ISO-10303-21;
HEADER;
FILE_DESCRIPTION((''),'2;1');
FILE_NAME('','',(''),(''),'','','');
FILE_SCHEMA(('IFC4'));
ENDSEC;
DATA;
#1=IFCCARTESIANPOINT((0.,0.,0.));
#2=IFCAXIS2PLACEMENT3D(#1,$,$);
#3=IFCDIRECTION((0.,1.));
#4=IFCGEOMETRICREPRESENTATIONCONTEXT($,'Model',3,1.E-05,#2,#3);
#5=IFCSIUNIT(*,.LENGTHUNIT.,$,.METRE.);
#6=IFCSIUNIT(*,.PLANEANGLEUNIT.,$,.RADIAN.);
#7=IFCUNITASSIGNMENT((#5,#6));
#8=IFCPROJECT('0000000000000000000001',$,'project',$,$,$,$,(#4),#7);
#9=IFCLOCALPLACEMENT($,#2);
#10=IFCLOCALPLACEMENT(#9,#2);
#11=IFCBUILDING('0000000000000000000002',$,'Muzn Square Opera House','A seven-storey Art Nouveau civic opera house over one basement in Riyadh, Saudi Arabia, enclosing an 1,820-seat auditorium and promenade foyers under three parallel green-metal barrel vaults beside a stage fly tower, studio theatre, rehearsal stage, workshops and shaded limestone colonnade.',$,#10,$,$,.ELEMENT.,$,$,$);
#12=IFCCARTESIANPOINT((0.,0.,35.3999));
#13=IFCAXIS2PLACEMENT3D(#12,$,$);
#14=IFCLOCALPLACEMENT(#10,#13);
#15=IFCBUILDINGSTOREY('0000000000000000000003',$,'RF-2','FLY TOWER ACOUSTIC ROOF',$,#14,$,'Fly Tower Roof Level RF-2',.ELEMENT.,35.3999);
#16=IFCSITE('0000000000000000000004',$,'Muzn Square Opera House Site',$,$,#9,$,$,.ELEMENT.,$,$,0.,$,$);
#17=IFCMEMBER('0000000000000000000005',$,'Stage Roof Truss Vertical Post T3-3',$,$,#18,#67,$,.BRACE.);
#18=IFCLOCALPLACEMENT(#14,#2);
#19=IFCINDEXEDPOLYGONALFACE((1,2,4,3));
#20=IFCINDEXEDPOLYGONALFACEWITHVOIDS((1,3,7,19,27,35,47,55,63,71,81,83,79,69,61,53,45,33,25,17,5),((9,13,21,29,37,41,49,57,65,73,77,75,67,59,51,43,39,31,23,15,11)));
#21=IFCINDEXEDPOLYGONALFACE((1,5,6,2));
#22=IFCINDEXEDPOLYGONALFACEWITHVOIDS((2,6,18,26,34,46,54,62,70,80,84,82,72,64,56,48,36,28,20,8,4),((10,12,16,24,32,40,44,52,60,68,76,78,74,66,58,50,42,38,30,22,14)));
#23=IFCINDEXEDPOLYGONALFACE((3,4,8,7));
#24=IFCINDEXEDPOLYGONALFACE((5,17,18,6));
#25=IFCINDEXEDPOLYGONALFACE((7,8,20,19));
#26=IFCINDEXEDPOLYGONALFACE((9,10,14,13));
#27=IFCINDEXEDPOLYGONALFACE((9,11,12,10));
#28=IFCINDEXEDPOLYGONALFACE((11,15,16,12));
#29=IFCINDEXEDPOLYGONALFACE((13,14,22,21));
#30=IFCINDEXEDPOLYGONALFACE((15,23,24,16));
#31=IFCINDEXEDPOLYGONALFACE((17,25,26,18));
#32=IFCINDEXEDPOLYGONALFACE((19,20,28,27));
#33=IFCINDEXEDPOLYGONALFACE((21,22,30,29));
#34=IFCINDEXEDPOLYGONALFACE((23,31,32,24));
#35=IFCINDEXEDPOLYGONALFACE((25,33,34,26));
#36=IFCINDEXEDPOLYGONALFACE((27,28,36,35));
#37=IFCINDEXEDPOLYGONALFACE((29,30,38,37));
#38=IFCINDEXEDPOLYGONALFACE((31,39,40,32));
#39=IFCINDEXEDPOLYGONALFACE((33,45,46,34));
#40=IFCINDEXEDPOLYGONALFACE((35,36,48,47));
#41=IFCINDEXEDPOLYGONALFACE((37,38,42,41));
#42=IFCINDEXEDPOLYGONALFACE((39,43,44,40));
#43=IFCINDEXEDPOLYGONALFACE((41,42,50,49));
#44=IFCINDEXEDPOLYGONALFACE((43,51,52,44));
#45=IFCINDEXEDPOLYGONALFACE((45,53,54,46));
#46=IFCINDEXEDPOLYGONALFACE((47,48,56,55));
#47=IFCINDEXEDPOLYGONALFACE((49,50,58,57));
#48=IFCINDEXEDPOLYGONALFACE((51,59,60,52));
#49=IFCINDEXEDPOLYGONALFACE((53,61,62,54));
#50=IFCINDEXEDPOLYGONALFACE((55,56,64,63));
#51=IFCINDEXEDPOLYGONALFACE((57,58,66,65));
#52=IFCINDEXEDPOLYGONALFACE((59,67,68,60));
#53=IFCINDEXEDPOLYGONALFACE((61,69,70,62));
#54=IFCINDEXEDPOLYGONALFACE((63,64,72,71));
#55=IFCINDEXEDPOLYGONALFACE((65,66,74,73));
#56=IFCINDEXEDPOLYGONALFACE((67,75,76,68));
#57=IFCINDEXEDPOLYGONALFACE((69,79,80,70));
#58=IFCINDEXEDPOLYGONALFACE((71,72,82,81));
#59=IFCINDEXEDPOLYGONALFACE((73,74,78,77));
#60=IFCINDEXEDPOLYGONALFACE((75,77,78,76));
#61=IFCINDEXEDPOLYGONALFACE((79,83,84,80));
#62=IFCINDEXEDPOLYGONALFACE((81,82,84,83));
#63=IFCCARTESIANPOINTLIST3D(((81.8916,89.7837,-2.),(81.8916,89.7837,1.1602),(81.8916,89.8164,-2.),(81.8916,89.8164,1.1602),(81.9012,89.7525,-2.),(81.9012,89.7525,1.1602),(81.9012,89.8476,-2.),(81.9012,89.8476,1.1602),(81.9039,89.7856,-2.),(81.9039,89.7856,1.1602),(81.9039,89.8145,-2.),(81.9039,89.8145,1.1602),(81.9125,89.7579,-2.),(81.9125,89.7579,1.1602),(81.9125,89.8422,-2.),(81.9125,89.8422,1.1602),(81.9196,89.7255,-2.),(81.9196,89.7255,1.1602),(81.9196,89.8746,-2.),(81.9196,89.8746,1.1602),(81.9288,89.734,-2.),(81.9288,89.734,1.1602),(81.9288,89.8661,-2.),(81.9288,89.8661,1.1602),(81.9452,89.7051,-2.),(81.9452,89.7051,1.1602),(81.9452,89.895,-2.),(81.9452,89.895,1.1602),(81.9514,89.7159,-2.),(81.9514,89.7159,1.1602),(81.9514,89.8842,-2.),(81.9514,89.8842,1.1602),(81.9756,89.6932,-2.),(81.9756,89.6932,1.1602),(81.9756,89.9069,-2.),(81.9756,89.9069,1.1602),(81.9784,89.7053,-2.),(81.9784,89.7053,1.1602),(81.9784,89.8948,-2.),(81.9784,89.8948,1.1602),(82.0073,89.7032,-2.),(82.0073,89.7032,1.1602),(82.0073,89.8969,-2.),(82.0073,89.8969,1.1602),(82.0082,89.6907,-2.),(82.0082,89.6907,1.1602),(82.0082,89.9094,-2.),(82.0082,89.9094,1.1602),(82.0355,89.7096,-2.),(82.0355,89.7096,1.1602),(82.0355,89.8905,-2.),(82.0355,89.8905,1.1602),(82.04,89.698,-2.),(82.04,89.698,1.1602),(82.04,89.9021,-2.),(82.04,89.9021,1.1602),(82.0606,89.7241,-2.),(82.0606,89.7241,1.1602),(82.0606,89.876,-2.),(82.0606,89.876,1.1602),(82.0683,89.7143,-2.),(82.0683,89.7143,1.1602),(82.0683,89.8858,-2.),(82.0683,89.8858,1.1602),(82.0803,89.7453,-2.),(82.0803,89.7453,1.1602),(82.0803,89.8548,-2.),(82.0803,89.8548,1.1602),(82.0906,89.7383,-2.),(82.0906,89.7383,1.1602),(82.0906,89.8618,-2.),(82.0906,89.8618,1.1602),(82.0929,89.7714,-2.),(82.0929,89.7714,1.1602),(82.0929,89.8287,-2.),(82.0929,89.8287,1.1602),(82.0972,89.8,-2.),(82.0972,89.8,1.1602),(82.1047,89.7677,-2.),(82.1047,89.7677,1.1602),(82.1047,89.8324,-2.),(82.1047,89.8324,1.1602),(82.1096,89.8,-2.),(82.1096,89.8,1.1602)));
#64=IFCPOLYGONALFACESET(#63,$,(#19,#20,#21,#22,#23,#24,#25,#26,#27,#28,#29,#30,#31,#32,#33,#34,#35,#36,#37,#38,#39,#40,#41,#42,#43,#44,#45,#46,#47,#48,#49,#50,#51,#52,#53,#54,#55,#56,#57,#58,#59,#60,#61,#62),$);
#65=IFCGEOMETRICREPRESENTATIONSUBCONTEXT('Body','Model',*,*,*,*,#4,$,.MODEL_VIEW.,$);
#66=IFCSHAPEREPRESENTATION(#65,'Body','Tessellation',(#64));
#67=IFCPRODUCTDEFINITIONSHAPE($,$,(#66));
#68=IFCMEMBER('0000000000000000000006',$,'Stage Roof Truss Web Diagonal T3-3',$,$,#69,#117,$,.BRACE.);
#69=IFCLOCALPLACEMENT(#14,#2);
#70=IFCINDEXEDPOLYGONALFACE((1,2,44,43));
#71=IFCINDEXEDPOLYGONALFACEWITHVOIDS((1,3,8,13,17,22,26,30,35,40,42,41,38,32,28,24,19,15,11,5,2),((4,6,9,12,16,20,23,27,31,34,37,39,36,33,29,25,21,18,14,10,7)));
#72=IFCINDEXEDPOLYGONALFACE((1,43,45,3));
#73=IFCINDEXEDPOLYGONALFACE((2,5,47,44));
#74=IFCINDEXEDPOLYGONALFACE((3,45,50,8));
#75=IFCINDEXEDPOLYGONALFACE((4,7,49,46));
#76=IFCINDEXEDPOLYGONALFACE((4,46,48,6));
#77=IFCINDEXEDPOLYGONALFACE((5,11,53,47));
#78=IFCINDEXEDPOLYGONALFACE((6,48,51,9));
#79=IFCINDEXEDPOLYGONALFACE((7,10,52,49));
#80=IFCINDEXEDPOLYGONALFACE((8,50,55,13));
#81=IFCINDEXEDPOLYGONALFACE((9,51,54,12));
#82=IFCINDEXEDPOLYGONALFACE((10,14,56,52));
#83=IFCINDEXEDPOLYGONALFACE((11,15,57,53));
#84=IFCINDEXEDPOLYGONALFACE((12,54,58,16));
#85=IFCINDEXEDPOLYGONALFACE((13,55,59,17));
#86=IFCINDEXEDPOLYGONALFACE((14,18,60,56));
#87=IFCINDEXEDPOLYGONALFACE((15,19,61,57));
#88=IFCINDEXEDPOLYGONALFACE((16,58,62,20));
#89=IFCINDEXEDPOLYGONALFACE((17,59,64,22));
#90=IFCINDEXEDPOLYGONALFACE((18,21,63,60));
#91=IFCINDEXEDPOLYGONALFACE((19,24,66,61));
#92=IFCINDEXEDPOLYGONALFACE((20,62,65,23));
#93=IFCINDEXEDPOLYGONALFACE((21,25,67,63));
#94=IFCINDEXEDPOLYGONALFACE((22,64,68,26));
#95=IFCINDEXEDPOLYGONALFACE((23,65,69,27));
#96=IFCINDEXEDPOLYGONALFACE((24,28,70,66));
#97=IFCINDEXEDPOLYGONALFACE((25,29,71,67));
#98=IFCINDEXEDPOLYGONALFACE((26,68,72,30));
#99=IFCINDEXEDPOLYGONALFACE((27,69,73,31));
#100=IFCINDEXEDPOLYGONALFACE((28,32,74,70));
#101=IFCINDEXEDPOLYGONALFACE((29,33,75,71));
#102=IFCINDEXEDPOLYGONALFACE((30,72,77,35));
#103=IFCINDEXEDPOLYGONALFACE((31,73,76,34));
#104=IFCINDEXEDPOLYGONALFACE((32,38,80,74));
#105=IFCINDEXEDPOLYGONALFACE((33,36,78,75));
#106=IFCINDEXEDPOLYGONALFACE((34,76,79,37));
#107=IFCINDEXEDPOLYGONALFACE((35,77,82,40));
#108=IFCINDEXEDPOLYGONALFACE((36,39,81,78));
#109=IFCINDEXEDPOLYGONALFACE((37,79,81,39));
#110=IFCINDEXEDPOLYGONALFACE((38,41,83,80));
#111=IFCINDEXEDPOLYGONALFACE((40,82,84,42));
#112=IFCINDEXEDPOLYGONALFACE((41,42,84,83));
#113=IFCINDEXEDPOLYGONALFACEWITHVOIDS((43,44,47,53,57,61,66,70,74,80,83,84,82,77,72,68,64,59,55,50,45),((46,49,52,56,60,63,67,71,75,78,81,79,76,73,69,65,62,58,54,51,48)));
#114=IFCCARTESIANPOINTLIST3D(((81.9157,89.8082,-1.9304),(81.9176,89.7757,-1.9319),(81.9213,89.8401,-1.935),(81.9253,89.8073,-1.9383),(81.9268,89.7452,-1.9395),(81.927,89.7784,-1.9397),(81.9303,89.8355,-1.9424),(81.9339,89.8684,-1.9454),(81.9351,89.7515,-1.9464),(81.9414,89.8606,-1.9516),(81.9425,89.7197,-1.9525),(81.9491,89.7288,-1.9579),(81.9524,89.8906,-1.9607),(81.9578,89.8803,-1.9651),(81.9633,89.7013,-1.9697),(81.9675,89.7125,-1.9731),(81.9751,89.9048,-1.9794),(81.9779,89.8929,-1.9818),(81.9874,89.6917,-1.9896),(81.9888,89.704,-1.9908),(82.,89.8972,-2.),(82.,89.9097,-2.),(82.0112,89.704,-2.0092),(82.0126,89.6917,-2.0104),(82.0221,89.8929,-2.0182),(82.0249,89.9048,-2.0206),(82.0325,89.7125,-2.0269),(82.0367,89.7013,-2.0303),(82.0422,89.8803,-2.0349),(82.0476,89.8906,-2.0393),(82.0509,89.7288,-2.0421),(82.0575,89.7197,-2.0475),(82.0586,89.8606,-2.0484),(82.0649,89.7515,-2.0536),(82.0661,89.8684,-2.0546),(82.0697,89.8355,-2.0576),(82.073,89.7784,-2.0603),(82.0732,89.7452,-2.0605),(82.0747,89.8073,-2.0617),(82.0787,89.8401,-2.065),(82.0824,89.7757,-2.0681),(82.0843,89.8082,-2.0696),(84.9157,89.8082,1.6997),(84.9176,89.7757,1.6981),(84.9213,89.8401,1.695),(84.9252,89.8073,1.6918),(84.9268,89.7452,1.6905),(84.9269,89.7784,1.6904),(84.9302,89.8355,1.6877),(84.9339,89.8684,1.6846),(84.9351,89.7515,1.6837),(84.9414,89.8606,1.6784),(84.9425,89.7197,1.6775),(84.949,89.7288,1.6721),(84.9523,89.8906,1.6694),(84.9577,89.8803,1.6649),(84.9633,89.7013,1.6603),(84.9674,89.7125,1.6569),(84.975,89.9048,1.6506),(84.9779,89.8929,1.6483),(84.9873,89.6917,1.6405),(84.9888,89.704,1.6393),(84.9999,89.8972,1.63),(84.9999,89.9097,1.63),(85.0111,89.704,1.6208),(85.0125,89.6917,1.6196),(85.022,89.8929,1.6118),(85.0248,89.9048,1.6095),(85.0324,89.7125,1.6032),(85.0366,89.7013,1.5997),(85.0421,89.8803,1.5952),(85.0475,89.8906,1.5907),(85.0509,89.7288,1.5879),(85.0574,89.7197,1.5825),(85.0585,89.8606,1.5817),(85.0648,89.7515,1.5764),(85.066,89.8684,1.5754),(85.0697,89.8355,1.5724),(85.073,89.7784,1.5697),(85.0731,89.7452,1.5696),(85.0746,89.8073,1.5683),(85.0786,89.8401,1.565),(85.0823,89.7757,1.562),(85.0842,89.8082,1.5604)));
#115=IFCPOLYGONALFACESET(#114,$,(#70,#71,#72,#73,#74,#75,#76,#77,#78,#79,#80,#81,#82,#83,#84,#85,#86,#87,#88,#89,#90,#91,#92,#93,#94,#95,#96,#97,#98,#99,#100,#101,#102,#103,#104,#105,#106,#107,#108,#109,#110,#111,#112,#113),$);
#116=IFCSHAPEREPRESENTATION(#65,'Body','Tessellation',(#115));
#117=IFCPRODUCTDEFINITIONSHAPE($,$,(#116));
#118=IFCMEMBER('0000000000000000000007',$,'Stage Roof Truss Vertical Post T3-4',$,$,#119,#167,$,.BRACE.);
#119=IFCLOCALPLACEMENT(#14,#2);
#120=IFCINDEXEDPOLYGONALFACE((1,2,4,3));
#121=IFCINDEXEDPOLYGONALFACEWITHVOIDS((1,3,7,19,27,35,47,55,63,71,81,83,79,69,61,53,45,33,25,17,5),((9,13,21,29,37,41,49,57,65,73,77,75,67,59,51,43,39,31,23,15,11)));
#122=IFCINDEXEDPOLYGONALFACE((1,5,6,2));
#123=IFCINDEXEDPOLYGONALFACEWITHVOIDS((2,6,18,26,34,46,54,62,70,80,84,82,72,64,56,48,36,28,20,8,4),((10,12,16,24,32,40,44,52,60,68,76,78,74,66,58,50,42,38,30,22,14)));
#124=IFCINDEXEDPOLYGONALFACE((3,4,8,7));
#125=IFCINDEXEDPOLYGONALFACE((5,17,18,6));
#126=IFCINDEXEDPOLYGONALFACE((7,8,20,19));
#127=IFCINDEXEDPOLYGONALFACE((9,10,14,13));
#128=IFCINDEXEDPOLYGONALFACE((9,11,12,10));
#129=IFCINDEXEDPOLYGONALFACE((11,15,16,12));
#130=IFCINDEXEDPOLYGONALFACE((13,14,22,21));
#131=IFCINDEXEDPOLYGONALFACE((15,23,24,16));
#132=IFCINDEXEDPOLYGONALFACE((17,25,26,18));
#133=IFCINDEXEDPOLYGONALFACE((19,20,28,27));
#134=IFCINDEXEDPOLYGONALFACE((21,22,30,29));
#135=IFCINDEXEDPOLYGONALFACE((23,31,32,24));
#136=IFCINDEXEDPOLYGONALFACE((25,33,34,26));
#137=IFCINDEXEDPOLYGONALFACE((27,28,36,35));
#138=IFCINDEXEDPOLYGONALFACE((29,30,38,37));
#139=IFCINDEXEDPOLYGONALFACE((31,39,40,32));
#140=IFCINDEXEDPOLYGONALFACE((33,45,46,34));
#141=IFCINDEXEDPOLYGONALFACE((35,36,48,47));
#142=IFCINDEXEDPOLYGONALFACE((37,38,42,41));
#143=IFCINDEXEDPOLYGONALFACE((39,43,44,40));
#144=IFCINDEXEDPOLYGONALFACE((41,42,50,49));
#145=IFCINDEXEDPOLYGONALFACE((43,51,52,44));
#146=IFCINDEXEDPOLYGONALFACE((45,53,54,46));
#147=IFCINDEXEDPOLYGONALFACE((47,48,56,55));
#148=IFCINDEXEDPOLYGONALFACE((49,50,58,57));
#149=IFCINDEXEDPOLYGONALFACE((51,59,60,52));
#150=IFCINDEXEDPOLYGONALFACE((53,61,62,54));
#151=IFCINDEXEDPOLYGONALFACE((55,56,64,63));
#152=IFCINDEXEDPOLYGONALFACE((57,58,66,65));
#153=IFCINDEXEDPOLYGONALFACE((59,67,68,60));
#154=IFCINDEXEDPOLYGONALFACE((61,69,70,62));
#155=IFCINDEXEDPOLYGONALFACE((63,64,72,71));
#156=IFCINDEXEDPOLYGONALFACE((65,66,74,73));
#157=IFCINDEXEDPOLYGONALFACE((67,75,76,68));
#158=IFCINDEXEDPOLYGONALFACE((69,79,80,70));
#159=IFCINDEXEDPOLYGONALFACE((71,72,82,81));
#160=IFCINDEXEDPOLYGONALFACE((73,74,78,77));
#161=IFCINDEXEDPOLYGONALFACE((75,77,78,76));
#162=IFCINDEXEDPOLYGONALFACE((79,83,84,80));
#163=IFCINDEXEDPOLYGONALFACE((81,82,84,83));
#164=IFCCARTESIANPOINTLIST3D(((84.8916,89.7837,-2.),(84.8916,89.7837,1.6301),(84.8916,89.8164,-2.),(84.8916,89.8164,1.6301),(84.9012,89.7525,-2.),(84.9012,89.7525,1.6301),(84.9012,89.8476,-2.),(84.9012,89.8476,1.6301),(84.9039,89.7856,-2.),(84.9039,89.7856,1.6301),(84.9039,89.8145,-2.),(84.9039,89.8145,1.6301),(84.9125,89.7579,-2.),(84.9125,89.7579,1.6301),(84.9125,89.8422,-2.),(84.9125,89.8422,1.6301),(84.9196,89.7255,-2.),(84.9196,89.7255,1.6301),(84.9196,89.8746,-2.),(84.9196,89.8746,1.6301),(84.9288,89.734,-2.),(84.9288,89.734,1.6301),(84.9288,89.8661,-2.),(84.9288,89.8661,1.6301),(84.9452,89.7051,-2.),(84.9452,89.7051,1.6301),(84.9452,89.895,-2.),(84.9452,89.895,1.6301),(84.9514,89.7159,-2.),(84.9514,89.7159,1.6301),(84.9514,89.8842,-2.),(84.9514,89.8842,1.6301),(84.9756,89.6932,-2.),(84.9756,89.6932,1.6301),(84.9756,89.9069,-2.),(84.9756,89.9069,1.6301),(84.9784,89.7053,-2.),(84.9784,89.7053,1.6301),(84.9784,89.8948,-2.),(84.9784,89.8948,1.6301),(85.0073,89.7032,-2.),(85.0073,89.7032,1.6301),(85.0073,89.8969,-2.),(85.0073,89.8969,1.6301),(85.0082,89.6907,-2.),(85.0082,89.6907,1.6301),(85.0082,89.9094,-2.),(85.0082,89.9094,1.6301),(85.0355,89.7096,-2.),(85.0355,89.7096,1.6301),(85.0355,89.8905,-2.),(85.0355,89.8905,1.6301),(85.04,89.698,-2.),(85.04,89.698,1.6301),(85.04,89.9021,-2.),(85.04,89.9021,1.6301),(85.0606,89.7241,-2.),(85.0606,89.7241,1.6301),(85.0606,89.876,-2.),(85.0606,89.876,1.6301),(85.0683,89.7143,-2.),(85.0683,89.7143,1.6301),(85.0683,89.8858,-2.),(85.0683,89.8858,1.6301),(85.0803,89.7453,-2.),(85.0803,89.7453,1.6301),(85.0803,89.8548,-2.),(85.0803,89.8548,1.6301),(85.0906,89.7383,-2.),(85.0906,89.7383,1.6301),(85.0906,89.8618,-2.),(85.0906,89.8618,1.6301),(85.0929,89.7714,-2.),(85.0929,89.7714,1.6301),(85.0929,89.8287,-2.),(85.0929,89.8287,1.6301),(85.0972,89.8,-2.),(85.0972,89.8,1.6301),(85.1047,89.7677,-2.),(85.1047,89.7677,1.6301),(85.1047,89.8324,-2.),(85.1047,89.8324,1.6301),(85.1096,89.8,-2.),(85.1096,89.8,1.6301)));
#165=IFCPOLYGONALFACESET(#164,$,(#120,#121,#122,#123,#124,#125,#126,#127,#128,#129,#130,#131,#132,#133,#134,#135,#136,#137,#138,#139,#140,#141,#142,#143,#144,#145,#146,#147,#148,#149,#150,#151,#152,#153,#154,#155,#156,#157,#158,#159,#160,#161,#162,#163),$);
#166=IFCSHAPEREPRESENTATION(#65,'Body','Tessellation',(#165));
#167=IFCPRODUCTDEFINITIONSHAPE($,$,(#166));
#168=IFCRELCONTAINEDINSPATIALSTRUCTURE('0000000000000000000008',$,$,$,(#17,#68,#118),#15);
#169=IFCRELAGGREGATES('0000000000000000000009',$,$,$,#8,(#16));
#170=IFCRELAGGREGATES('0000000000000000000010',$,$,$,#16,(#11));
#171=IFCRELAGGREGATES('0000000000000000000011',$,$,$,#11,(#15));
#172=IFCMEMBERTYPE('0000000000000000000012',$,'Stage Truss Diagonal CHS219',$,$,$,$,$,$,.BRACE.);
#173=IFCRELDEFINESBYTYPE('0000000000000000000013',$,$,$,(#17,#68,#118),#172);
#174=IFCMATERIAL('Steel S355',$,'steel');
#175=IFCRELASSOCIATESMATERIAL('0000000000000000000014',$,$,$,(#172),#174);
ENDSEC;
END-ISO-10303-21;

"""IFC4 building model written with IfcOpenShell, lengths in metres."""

from ifc_helpers import new_model, si_unit, direction, frame, origin, origin_2d, place, context, subcontext, project, spatial, hollow_circle, extrude, material, material_profile, profile_set, type_object, element, save


model = new_model("IFC4")

# Units and contexts
model_context = context("Model", 3, precision=1e-05, world=origin(), true_north=direction((0.0, 1.0)))
body_context = subcontext(model_context, "Body", "Model", "MODEL_VIEW")
ifc_project = project(units=[si_unit("LENGTHUNIT", "METRE"), si_unit("PLANEANGLEUNIT", "RADIAN")], contexts=[model_context])

# Site, building, storey
site_placement = place(None, origin())
site = spatial("IfcSite", under=ifc_project, at=site_placement, Name="Muzn Square Opera House Site", CompositionType="ELEMENT", RefElevation=0.0)
building_placement = place(site_placement, origin())
building = spatial("IfcBuilding", under=site, at=building_placement, Name="Muzn Square Opera House", Description="A seven-storey Art Nouveau civic opera house over one basement in Riyadh, Saudi Arabia, enclosing an 1,820-seat auditorium and promenade foyers under three parallel green-metal barrel vaults beside a stage fly tower, studio theatre, rehearsal stage, workshops and shaded limestone colonnade.", CompositionType="ELEMENT")
storey_placement = place(building_placement, frame((0.0, 0.0, 35.3999)))
storey = spatial("IfcBuildingStorey", under=building, at=storey_placement, Name="RF-2", Description="FLY TOWER ACOUSTIC ROOF", LongName="Fly Tower Roof Level RF-2", CompositionType="ELEMENT", Elevation=35.3999)

# Members
ifc_material_1 = material(Name="Steel S355", Category="steel")
ifc_material_profile_1 = material_profile(ifc_material_1, hollow_circle(Radius=0.1096, WallThickness=0.0125, at=origin_2d()), Name="CHS 219.1x12.5", Category="steel")
ifc_profile_set_1 = profile_set([ifc_material_profile_1], Name="Steel S355")
member_type_1 = type_object("IfcMemberType", Name="Stage Truss Diagonal CHS219", PredefinedType="BRACE", material=ifc_profile_set_1)
member_1_placement = place(storey_placement, frame((82.0, 89.8, -2.0), z_axis=(0.0, 0.0, 1.0), x_axis=(1.0, 0.0, 0.0)))
element("IfcMember", 1, at=member_1_placement, inside=storey, type_object=member_type_1, Name="Stage Roof Truss Vertical Post T3-3", PredefinedType="BRACE", context=body_context, shape_type="SweptSolid", body=[
    extrude(hollow_circle(Radius=0.1096, WallThickness=0.0125, at=origin_2d()), origin(), (0.0, 0.0, 1.0), 3.1602),
])
member_2_placement = place(storey_placement, frame((82.0, 89.8, -2.0), z_axis=(0.637033, 0.0, 0.770837), x_axis=(0.0, 1.0, 0.0)))
element("IfcMember", 2, at=member_2_placement, inside=storey, type_object=member_type_1, Name="Stage Roof Truss Web Diagonal T3-3", PredefinedType="BRACE", context=body_context, shape_type="SweptSolid", body=[
    extrude(hollow_circle(Radius=0.1096, WallThickness=0.0125, at=origin_2d()), origin(), (0.0, 0.0, 1.0), 4.7092),
])
member_3_placement = place(storey_placement, frame((85.0, 89.8, -2.0), z_axis=(0.0, 0.0, 1.0), x_axis=(1.0, 0.0, 0.0)))
element("IfcMember", 3, at=member_3_placement, inside=storey, type_object=member_type_1, Name="Stage Roof Truss Vertical Post T3-4", PredefinedType="BRACE", context=body_context, shape_type="SweptSolid", body=[
    extrude(hollow_circle(Radius=0.1096, WallThickness=0.0125, at=origin_2d()), origin(), (0.0, 0.0, 1.0), 3.6301),
])

save(model, "model.ifc")
